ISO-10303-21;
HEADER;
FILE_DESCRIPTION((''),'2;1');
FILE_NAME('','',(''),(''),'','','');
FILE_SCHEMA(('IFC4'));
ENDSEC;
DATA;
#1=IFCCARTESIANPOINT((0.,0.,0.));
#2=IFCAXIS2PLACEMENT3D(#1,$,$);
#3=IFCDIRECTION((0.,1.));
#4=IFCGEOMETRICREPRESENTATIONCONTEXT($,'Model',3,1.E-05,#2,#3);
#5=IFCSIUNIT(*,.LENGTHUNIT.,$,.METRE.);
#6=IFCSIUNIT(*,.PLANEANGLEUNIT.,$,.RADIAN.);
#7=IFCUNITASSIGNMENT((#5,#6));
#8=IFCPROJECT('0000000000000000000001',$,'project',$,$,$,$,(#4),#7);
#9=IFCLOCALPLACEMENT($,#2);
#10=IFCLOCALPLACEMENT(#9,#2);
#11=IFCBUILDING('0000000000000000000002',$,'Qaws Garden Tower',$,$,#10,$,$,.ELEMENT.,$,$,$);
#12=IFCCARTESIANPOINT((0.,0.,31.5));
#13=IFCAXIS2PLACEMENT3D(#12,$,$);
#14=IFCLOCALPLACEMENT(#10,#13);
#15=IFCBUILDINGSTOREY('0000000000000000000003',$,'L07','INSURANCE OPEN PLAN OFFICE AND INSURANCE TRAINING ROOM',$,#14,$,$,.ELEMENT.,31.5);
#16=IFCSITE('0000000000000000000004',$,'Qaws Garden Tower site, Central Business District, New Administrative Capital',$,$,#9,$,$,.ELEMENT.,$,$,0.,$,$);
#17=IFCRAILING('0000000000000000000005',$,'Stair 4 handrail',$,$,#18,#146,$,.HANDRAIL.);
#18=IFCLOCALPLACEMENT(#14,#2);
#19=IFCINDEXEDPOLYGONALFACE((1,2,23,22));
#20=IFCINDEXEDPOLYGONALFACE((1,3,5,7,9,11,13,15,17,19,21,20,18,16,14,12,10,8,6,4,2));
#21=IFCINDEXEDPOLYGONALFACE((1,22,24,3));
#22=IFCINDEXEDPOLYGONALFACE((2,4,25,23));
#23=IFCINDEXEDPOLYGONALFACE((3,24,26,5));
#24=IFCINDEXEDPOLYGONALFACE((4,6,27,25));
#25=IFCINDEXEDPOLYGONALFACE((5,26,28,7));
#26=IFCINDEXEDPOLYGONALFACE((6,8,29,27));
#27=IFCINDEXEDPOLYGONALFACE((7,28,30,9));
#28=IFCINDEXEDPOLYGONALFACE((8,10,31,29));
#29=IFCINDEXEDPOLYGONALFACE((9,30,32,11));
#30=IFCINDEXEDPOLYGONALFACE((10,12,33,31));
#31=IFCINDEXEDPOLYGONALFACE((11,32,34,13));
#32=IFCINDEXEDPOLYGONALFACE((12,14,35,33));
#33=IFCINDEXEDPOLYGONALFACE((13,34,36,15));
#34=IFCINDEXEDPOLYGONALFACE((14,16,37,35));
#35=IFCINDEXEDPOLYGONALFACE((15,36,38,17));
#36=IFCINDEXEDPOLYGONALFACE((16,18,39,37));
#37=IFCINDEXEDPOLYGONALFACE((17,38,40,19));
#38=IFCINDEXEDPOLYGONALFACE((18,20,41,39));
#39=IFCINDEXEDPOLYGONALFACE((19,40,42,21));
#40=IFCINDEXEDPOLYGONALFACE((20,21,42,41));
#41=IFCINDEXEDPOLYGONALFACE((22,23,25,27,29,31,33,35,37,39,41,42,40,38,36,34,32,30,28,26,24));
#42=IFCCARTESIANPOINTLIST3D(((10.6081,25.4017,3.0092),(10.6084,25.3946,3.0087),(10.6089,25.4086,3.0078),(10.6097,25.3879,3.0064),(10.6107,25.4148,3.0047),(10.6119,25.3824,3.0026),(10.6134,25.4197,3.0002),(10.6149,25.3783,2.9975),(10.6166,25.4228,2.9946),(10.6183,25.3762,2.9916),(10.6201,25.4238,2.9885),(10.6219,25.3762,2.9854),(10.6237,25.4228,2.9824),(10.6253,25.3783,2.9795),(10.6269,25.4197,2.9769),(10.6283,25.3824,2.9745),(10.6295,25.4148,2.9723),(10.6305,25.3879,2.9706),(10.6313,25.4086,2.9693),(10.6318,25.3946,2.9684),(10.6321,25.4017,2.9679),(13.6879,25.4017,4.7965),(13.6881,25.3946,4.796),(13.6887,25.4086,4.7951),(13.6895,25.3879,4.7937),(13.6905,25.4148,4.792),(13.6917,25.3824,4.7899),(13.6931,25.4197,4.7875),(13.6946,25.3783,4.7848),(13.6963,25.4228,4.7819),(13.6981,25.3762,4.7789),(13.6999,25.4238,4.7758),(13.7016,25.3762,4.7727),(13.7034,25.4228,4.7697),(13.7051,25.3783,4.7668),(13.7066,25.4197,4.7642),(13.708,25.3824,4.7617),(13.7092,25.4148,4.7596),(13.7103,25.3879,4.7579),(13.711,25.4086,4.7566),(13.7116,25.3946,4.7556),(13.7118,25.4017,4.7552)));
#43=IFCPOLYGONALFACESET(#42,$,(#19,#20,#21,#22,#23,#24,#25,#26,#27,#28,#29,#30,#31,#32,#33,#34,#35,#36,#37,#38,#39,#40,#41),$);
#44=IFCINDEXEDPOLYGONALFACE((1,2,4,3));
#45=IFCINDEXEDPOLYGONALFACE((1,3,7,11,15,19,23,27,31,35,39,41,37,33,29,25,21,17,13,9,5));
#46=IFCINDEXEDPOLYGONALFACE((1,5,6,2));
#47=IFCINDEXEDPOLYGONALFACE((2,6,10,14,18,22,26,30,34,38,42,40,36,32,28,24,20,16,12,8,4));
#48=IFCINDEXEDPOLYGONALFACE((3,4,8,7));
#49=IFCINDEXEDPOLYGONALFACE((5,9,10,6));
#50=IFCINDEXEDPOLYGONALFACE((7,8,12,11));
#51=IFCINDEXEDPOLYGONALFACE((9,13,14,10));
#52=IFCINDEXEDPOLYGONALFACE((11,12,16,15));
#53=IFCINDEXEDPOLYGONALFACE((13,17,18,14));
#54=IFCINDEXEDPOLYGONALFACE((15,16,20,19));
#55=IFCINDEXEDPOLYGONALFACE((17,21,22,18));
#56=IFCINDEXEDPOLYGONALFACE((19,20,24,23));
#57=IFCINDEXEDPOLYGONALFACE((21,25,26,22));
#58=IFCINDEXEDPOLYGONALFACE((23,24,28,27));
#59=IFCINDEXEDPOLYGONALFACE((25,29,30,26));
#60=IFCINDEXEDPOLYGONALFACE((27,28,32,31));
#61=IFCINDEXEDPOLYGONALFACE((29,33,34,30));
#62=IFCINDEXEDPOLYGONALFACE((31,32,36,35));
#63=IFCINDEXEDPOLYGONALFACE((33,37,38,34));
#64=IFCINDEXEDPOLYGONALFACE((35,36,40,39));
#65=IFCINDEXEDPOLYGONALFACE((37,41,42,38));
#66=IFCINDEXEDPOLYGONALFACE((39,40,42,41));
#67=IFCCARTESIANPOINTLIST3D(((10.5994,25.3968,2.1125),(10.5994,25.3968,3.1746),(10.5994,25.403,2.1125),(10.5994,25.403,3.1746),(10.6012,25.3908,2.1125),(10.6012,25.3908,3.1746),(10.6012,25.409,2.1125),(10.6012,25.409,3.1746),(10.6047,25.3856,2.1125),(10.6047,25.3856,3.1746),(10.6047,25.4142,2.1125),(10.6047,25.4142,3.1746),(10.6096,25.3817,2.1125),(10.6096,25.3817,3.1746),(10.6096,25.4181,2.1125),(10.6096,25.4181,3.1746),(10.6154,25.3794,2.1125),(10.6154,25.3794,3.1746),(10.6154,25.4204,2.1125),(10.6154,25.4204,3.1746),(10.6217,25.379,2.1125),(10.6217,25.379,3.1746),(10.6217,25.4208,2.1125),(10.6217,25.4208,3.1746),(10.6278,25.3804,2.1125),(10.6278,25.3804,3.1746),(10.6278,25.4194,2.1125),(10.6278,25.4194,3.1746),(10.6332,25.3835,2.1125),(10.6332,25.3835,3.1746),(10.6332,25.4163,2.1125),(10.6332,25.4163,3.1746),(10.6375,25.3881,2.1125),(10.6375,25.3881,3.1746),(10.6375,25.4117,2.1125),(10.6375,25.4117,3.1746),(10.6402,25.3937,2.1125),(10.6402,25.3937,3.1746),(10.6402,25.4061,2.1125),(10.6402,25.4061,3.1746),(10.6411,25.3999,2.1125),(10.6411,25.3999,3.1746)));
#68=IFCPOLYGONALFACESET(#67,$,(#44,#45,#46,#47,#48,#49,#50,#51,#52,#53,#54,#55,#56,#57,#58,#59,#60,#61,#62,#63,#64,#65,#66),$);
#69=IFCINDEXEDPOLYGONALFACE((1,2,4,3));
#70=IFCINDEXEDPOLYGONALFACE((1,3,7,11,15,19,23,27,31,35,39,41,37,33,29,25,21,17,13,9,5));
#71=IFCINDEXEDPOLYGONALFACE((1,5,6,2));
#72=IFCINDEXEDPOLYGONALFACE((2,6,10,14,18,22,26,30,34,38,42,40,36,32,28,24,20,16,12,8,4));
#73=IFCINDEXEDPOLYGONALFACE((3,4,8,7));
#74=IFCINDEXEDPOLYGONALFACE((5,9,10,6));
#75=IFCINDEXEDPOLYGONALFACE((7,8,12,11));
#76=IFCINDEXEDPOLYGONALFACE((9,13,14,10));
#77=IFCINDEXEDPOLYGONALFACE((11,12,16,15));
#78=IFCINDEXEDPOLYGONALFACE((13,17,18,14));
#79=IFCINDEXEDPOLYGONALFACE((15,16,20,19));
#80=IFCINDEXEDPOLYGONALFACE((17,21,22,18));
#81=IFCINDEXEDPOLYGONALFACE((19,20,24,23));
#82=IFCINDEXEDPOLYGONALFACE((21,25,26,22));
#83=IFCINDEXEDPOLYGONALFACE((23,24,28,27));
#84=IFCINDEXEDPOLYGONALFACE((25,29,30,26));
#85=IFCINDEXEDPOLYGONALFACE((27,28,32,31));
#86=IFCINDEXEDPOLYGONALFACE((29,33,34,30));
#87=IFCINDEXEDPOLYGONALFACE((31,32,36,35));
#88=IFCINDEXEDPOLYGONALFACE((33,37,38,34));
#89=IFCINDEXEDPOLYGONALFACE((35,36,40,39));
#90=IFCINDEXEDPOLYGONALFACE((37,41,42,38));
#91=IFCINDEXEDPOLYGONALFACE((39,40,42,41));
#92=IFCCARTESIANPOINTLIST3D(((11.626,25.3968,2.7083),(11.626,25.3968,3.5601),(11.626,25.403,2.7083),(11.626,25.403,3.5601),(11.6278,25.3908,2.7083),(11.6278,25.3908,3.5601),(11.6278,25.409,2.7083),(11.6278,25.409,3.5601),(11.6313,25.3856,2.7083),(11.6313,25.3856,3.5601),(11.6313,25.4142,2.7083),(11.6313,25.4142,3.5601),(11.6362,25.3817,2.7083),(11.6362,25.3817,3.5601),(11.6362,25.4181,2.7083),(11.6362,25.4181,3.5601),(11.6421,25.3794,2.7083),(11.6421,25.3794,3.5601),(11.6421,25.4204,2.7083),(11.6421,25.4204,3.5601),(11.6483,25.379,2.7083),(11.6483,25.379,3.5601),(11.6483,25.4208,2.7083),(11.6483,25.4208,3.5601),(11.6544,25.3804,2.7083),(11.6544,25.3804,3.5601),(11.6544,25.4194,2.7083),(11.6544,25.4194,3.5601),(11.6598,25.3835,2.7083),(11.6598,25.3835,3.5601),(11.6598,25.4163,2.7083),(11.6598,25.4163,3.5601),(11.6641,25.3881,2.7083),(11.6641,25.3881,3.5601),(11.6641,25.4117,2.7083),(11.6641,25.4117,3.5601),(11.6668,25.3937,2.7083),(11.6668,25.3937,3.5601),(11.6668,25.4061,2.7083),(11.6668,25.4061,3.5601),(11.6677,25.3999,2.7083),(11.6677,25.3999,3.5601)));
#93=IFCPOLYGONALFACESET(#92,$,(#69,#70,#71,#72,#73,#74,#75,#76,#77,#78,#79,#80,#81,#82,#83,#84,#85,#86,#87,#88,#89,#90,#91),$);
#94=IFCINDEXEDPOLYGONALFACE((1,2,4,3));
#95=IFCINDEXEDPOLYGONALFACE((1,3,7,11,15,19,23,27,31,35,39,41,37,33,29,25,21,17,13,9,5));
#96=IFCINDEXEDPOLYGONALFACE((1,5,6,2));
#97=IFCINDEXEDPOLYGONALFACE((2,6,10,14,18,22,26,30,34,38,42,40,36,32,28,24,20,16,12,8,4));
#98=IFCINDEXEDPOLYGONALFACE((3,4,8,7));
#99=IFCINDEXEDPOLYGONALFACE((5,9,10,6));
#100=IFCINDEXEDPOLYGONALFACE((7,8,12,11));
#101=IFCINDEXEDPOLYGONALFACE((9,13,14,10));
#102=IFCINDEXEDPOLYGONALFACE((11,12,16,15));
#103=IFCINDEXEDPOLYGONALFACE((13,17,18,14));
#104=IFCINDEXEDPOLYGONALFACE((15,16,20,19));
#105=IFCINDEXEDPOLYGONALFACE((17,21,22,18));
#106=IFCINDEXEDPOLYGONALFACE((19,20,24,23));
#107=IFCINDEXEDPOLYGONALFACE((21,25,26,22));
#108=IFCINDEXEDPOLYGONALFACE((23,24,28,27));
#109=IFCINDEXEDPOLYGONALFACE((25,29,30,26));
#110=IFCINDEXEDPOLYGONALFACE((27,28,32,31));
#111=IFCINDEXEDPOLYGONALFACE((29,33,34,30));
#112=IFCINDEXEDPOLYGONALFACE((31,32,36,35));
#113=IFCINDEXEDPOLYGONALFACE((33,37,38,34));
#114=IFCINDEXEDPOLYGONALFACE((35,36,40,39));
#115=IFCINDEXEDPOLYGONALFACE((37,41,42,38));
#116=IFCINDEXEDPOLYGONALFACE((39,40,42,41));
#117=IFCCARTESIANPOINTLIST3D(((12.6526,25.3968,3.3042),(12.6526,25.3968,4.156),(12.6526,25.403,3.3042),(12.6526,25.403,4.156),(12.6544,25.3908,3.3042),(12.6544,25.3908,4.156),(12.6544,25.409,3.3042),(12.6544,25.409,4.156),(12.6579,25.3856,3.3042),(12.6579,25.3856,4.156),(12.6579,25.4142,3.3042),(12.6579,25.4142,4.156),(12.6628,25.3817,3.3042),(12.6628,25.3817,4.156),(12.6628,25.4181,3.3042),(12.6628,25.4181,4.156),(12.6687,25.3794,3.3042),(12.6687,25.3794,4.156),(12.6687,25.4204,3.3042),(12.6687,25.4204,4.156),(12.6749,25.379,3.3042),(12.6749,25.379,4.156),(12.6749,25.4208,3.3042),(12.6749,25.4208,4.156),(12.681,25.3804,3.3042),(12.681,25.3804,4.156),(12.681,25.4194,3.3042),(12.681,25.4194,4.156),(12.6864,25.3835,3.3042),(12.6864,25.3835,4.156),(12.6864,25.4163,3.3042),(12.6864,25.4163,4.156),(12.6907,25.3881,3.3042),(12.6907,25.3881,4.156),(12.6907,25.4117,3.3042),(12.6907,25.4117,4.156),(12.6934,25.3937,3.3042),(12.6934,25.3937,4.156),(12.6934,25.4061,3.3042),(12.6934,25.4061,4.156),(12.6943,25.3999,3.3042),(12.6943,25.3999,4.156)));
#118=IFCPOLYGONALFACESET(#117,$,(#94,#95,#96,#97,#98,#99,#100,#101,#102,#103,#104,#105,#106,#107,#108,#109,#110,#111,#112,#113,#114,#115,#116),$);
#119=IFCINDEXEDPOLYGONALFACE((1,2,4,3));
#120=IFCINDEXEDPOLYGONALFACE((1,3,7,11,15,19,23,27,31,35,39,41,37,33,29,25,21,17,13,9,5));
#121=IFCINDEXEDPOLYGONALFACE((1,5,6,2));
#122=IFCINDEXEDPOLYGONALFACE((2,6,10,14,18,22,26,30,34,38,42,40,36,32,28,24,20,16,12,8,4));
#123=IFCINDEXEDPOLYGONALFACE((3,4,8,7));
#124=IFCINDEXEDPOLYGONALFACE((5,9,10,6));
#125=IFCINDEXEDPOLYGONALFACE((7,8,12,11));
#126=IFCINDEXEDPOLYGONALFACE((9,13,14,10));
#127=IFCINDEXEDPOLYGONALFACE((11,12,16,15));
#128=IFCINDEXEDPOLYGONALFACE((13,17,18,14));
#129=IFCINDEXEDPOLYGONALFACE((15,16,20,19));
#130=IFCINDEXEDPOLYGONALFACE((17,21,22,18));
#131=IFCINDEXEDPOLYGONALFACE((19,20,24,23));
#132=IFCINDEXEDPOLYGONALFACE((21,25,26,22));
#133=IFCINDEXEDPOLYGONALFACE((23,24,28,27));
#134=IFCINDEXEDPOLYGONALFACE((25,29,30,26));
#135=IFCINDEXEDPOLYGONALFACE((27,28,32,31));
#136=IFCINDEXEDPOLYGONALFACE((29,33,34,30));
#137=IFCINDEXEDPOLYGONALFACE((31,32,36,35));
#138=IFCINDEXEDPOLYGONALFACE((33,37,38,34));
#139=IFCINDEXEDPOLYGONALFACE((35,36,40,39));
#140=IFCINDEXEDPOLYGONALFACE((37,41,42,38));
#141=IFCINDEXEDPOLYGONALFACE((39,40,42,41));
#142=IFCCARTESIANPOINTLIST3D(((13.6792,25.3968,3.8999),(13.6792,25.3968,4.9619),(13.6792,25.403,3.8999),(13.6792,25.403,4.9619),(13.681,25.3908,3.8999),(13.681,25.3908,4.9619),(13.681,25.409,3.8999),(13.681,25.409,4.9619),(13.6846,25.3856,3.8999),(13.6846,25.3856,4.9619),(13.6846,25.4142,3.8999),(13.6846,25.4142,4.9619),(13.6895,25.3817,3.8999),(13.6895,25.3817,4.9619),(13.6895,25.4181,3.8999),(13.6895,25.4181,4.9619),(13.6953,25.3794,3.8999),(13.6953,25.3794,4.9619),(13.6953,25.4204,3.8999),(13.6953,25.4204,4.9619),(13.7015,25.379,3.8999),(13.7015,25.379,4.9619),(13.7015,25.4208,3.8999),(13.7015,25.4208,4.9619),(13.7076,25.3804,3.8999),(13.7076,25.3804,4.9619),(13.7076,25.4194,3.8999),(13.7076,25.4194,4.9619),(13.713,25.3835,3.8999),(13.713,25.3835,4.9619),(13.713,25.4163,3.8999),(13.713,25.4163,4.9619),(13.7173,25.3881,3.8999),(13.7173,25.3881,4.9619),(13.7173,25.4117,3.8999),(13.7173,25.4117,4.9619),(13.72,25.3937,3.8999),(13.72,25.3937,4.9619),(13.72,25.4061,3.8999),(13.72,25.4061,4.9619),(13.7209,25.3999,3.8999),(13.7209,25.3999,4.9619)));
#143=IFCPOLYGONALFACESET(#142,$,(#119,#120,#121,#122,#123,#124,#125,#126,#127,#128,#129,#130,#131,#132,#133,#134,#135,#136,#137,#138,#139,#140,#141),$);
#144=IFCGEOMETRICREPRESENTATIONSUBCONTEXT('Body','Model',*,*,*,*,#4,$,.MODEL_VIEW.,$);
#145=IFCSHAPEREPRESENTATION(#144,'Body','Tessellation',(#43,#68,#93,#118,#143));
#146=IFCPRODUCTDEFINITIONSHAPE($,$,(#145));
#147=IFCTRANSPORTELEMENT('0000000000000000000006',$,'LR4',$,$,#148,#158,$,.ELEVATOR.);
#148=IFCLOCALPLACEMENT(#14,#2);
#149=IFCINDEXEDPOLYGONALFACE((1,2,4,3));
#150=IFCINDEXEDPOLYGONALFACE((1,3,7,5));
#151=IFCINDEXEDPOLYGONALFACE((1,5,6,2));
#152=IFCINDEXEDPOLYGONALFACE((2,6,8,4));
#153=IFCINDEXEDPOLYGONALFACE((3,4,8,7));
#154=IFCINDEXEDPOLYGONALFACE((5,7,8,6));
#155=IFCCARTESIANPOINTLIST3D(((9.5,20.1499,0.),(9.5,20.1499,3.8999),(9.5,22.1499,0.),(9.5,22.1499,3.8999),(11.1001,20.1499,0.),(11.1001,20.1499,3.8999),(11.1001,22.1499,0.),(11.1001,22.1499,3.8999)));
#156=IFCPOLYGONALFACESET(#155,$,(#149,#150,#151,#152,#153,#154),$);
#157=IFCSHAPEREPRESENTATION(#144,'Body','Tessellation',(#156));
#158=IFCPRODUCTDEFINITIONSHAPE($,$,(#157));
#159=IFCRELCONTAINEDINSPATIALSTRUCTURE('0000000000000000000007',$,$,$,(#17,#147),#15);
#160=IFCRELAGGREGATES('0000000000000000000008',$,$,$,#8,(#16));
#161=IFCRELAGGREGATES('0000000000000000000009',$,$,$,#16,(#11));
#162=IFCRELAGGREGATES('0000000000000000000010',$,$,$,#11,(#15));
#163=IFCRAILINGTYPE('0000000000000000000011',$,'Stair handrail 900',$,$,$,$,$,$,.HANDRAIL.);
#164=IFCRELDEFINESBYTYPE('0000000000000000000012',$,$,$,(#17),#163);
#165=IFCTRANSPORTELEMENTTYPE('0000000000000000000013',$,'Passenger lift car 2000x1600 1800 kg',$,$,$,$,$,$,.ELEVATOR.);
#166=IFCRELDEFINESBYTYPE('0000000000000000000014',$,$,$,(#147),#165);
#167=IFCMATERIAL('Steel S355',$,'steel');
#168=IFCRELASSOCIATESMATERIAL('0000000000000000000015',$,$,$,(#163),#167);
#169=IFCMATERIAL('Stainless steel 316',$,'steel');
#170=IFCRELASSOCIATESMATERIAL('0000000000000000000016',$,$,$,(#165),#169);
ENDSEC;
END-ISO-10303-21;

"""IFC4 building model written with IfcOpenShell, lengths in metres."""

from ifc_helpers import new_model, si_unit, direction, frame, origin, origin_2d, place, context, subcontext, project, spatial, rectangle, circle, extrude, material, type_object, element, save


model = new_model("IFC4")

# Units and contexts
model_context = context("Model", 3, precision=1e-05, world=origin(), true_north=direction((0.0, 1.0)))
body_context = subcontext(model_context, "Body", "Model", "MODEL_VIEW")
ifc_project = project(units=[si_unit("LENGTHUNIT", "METRE"), si_unit("PLANEANGLEUNIT", "RADIAN")], contexts=[model_context])

# Site, building, storey
site_placement = place(None, origin())
site = spatial("IfcSite", under=ifc_project, at=site_placement, Name="Qaws Garden Tower site, Central Business District, New Administrative Capital", CompositionType="ELEMENT", RefElevation=0.0)
building_placement = place(site_placement, origin())
building = spatial("IfcBuilding", under=site, at=building_placement, Name="Qaws Garden Tower", CompositionType="ELEMENT")
storey_placement = place(building_placement, frame((0.0, 0.0, 31.5)))
storey = spatial("IfcBuildingStorey", under=building, at=storey_placement, Name="L07", Description="INSURANCE OPEN PLAN OFFICE AND INSURANCE TRAINING ROOM", CompositionType="ELEMENT", Elevation=31.5)

# Railing
ifc_material_1 = material(Name="Steel S355", Category="steel")
railing_type = type_object("IfcRailingType", Name="Stair handrail 900", PredefinedType="HANDRAIL", material=ifc_material_1)
railing_1_placement = place(storey_placement, frame((10.6201, 25.3999, 2.1125)))
element("IfcRailing", 1, at=railing_1_placement, inside=storey, type_object=railing_type, Name="Stair 4 handrail", PredefinedType="HANDRAIL", context=body_context, shape_type="SweptSolid", body=[
    extrude(circle(Radius=0.0239, at=origin_2d()), frame((0.0, 0.0, 0.876), z_axis=(0.864903, 0.0, 0.501939), x_axis=(0.0, 1.0, 0.0)), (0.0, 0.0, 1.0), 3.5608),
    extrude(circle(Radius=0.021, at=origin_2d()), origin(), (0.0, 0.0, 1.0), 1.062),
    extrude(circle(Radius=0.021, at=origin_2d()), frame((1.0266, 0.0, 0.5957)), (0.0, 0.0, 1.0), 0.8518),
    extrude(circle(Radius=0.021, at=origin_2d()), frame((2.0532, 0.0, 1.1917)), (0.0, 0.0, 1.0), 0.8518),
    extrude(circle(Radius=0.021, at=origin_2d()), frame((3.0798, 0.0, 1.7874)), (0.0, 0.0, 1.0), 1.062),
])

# Transport element
ifc_material_2 = material(Name="Stainless steel 316", Category="steel")
transport_element_type = type_object("IfcTransportElementType", Name="Passenger lift car 2000x1600 1800 kg", PredefinedType="ELEVATOR", material=ifc_material_2)
transport_element_placement = place(storey_placement, frame((10.3, 21.1499, 0.0), z_axis=(0.0, 0.0, 1.0), x_axis=(1.0, 0.0, 0.0)))
element("IfcTransportElement", 2, at=transport_element_placement, inside=storey, type_object=transport_element_type, Name="LR4", PredefinedType="ELEVATOR", context=body_context, shape_type="SweptSolid", body=[
    extrude(rectangle(XDim=1.6001, YDim=2.0, at=origin_2d()), origin(), (0.0, 0.0, 1.0), 3.8999),
])

save(model, "model.ifc")
